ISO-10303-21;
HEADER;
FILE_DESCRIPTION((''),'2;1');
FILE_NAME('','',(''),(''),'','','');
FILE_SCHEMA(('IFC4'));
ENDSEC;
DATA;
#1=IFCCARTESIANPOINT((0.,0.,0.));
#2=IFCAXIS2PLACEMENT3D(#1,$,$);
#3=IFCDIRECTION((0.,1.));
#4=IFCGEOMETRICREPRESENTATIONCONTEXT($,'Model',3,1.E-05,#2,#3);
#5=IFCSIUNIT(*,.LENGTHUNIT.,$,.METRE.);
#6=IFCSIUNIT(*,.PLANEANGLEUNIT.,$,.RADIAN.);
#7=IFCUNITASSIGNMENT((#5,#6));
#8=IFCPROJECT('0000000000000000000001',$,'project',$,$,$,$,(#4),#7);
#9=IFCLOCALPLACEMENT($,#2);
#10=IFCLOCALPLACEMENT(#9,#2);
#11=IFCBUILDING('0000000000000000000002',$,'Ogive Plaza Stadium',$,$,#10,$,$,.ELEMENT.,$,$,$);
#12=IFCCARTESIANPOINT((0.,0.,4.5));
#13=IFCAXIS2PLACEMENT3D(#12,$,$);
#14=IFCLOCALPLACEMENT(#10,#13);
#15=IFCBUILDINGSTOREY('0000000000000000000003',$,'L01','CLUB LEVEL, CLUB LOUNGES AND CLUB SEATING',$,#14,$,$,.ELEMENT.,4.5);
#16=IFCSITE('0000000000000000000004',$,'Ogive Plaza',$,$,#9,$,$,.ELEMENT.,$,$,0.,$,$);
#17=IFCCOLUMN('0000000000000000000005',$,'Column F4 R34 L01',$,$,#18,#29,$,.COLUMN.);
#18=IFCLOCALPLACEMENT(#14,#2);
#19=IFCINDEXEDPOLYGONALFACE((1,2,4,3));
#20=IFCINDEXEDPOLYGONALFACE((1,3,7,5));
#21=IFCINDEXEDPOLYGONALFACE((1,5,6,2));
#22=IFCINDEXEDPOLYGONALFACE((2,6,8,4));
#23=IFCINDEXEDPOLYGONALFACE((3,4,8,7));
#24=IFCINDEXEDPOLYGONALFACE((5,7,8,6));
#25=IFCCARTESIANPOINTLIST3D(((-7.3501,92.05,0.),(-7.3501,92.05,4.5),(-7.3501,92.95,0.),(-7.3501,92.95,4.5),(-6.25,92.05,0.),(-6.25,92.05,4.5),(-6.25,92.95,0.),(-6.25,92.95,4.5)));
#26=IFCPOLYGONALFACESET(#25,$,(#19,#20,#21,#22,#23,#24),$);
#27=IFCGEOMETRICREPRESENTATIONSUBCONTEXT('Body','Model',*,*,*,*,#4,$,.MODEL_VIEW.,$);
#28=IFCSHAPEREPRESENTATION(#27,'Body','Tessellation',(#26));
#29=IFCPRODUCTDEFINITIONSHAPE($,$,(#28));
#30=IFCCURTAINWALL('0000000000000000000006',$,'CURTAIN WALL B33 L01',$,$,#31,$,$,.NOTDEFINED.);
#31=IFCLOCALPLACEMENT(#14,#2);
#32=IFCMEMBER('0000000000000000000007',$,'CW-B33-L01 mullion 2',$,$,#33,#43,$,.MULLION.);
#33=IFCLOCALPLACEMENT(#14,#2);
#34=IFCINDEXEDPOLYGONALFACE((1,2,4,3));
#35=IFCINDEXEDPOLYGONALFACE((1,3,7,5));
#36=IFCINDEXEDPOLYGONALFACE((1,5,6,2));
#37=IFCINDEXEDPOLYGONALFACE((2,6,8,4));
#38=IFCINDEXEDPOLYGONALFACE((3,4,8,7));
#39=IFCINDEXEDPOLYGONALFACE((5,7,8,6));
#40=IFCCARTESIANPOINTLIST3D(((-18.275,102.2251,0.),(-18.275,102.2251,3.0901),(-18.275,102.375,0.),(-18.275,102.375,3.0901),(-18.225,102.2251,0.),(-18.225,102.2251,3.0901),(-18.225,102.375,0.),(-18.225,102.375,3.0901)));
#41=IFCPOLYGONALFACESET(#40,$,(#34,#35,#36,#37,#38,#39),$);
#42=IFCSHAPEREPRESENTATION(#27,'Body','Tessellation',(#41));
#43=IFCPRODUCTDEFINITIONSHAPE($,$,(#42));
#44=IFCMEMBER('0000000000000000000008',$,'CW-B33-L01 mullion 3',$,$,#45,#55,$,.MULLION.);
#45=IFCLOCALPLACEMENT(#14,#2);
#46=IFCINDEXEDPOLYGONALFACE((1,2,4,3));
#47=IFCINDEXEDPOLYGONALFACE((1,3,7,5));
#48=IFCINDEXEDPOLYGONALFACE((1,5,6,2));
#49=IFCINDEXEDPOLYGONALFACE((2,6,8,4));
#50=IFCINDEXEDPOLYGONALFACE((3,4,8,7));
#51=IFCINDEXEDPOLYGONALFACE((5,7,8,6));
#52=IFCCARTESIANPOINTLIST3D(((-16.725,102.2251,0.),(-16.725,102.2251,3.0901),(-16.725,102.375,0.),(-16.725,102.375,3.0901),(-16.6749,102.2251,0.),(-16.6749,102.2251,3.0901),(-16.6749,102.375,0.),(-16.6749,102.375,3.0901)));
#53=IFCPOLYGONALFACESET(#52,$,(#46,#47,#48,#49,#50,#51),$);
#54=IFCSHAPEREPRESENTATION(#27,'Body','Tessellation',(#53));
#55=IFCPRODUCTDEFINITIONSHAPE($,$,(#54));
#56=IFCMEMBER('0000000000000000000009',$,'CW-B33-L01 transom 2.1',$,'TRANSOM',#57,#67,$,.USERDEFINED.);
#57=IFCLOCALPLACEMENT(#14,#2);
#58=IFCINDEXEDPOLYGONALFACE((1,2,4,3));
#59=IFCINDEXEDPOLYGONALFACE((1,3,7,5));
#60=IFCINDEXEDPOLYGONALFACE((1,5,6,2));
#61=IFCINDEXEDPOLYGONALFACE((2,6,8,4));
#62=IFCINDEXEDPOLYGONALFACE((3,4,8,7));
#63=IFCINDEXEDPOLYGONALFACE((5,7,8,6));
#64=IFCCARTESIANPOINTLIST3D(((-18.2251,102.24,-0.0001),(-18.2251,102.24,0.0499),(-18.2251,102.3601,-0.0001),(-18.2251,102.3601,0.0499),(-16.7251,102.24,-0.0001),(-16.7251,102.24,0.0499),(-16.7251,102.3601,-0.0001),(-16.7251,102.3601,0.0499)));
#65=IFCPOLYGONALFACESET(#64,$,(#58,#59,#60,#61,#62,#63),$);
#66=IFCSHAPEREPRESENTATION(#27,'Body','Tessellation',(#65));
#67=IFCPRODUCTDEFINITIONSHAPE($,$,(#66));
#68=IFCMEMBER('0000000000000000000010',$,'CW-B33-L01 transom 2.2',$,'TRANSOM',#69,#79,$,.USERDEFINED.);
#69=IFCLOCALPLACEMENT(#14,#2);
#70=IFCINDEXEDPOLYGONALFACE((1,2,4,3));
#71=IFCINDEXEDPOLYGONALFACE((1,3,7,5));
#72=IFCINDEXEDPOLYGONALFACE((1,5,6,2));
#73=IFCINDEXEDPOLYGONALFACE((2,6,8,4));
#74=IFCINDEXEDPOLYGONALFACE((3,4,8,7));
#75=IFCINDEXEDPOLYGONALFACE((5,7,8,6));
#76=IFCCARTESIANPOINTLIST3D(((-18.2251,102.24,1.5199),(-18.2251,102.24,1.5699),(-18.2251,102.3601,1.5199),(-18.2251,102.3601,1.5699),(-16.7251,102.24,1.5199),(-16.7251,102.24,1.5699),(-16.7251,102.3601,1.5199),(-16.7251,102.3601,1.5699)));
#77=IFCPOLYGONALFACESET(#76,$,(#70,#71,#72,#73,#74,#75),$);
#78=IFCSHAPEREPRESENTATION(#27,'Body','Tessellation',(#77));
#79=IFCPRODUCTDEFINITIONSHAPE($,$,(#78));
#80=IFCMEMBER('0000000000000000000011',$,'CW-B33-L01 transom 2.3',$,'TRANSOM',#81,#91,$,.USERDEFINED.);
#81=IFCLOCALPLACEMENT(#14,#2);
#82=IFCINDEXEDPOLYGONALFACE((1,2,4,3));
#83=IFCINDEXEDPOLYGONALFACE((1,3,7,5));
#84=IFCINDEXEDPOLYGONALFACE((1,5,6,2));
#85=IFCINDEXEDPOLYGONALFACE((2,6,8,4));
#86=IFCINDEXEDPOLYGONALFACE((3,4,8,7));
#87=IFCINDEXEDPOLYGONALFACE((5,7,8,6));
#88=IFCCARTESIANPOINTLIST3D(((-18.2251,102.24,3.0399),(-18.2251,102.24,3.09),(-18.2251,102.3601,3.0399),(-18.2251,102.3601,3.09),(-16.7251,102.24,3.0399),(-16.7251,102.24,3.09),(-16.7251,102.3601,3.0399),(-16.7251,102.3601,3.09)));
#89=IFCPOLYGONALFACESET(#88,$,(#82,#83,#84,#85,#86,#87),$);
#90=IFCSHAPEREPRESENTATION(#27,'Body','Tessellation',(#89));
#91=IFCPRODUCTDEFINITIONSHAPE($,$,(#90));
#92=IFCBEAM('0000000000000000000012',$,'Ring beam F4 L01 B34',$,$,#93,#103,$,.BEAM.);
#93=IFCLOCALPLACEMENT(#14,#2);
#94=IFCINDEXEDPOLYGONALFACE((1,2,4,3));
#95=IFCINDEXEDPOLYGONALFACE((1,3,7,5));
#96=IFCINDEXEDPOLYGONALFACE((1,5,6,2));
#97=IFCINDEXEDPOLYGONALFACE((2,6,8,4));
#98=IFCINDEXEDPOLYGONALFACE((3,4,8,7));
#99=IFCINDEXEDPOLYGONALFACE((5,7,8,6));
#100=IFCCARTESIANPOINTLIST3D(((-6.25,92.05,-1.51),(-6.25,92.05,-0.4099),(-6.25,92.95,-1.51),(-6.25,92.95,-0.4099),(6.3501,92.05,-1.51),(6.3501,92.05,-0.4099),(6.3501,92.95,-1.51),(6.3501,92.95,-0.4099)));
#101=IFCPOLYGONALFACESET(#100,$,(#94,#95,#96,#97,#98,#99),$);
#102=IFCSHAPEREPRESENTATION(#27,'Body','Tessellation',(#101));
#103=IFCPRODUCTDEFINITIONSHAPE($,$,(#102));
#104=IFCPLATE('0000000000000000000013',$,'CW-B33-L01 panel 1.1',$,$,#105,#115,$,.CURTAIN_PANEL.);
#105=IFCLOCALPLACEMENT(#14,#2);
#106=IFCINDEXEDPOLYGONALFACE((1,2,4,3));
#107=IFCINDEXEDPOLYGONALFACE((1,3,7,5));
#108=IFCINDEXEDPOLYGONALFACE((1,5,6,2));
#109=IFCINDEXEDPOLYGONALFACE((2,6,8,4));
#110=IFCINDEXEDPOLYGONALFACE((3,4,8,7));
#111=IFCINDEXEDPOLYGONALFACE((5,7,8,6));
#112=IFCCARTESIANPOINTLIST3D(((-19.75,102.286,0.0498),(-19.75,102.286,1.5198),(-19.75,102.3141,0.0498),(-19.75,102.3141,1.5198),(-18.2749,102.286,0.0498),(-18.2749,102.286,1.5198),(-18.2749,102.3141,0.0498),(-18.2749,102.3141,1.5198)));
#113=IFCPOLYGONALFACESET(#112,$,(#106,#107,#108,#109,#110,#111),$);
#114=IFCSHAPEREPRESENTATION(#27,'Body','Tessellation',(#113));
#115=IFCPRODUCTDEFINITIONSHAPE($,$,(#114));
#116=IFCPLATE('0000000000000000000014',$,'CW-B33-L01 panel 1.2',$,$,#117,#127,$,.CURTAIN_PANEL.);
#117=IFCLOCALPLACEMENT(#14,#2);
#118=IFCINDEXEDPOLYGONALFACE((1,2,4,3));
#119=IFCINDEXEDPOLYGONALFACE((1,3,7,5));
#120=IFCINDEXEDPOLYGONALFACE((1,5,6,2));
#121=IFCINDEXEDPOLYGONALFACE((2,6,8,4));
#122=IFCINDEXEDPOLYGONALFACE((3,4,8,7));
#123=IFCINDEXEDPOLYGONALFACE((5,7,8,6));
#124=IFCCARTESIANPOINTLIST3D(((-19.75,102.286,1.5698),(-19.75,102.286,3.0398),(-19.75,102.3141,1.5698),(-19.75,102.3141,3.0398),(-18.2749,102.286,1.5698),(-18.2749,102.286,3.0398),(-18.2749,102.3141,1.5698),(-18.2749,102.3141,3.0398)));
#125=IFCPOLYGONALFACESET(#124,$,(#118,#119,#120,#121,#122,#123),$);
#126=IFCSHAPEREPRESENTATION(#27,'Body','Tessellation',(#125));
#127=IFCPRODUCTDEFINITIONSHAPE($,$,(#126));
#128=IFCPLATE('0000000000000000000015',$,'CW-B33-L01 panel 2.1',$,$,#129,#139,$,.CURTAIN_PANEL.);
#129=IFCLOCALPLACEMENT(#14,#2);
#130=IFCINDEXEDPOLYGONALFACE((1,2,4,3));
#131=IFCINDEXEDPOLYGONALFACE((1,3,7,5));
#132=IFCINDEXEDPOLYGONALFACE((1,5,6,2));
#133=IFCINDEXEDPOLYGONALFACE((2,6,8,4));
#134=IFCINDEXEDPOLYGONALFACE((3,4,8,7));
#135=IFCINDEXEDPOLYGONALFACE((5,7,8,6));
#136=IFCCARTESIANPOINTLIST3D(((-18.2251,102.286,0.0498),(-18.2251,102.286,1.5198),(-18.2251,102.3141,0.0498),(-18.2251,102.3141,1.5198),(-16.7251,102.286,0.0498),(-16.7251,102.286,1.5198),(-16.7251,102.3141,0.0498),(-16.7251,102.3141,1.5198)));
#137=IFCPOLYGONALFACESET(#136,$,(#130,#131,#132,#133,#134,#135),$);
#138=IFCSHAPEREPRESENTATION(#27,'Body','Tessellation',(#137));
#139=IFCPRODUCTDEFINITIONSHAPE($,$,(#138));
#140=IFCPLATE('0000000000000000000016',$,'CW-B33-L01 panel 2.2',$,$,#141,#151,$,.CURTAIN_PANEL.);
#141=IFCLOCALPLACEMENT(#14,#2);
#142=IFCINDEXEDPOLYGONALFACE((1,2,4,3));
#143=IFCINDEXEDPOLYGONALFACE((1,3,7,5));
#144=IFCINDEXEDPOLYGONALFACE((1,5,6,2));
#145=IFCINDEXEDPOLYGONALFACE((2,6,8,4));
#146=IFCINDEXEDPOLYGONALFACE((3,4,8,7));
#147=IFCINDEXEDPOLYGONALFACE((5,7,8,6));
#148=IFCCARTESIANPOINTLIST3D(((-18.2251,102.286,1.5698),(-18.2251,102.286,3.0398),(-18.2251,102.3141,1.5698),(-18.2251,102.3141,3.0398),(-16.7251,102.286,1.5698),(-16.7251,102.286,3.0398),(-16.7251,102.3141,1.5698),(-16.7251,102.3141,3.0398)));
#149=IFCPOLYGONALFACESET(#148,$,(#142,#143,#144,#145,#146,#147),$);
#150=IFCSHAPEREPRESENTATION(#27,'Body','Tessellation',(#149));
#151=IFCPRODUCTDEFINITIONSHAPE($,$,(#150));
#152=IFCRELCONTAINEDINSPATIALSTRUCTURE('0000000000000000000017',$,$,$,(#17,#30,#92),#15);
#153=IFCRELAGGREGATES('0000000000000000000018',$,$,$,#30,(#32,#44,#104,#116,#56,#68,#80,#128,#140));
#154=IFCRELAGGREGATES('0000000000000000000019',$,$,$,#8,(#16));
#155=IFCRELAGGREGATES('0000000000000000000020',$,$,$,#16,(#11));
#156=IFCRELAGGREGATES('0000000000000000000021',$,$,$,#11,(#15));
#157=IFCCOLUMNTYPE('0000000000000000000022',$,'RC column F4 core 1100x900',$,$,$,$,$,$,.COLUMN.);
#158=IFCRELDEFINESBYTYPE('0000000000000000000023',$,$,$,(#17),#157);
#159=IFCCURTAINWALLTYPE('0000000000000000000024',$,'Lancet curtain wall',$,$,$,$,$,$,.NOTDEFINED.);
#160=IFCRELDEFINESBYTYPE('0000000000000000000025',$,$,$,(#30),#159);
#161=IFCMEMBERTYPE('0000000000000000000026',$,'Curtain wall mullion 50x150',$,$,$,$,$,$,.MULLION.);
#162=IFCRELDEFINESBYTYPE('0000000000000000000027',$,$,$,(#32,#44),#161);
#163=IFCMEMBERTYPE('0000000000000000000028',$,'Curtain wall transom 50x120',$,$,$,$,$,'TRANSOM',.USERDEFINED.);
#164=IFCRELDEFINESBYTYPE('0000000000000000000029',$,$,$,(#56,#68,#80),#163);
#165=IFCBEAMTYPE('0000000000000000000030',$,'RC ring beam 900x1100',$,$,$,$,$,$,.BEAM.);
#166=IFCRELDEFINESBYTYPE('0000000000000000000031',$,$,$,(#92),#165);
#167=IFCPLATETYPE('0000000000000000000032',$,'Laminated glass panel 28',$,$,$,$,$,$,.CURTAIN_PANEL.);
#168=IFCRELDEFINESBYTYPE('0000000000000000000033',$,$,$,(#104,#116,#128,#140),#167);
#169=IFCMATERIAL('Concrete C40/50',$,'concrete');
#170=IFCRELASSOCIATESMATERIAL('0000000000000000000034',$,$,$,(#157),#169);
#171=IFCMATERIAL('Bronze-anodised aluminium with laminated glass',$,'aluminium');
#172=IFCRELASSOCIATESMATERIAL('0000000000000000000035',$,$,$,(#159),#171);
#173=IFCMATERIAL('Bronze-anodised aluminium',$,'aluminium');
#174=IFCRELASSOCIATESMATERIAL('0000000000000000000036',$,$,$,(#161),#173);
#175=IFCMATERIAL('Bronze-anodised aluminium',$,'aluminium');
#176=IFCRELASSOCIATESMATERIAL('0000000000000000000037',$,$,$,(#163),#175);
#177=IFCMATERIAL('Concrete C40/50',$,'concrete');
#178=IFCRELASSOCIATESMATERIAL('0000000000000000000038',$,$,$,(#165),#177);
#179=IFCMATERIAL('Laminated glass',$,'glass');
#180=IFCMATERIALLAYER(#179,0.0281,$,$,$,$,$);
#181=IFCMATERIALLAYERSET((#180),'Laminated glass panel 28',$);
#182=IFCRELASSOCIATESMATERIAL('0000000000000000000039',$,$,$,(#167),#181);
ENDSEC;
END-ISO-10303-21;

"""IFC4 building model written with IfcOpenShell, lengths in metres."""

from ifc_helpers import new_model, si_unit, direction, frame, origin, origin_2d, place, context, subcontext, project, spatial, rectangle, extrude, material, layer, layer_set, material_profile, profile_set, type_object, element, aggregate, save


model = new_model("IFC4")

# Units and contexts
model_context = context("Model", 3, precision=1e-05, world=origin(), true_north=direction((0.0, 1.0)))
body_context = subcontext(model_context, "Body", "Model", "MODEL_VIEW")
ifc_project = project(units=[si_unit("LENGTHUNIT", "METRE"), si_unit("PLANEANGLEUNIT", "RADIAN")], contexts=[model_context])

# Site, building, storey
site_placement = place(None, origin())
site = spatial("IfcSite", under=ifc_project, at=site_placement, Name="Ogive Plaza", CompositionType="ELEMENT", RefElevation=0.0)
building_placement = place(site_placement, origin())
building = spatial("IfcBuilding", under=site, at=building_placement, Name="Ogive Plaza Stadium", CompositionType="ELEMENT")
storey_placement = place(building_placement, frame((0.0, 0.0, 4.5)))
storey = spatial("IfcBuildingStorey", under=building, at=storey_placement, Name="L01", Description="CLUB LEVEL, CLUB LOUNGES AND CLUB SEATING", CompositionType="ELEMENT", Elevation=4.5)

# Column
ifc_material_1 = material(Name="Concrete C40/50", Category="concrete")
ifc_material_profile_1 = material_profile(ifc_material_1, rectangle(XDim=1.1001, YDim=0.8999, at=origin_2d()), Name="RC 1100x900")
ifc_profile_set_1 = profile_set([ifc_material_profile_1], Name="Concrete C40/50")
column_type = type_object("IfcColumnType", Name="RC column F4 core 1100x900", PredefinedType="COLUMN", material=ifc_profile_set_1)
column_placement = place(storey_placement, frame((-6.8, 92.5, 0.0), z_axis=(0.0, 0.0, 1.0), x_axis=(-1.0, 0.0, 0.0)))
element("IfcColumn", 1, at=column_placement, inside=storey, type_object=column_type, Name="Column F4 R34 L01", PredefinedType="COLUMN", context=body_context, shape_type="SweptSolid", body=[
    extrude(rectangle(XDim=1.1001, YDim=0.8999, at=origin_2d()), origin(), (0.0, 0.0, 1.0), 4.5),
])

# Curtain wall, members
ifc_material_2 = material(Name="Bronze-anodised aluminium with laminated glass", Category="aluminium")
curtain_wall_type = type_object("IfcCurtainWallType", Name="Lancet curtain wall", PredefinedType="NOTDEFINED", material=ifc_material_2)
curtain_wall_placement = place(storey_placement, origin())
curtain_wall = element("IfcCurtainWall", 2, at=curtain_wall_placement, inside=storey, type_object=curtain_wall_type, Name="CURTAIN WALL B33 L01", PredefinedType="NOTDEFINED")
ifc_material_3 = material(Name="Bronze-anodised aluminium", Category="aluminium")
ifc_material_profile_2 = material_profile(ifc_material_3, rectangle(XDim=0.1499, YDim=0.05, at=origin_2d()), Name="AL 150x50")
ifc_profile_set_2 = profile_set([ifc_material_profile_2], Name="Bronze-anodised aluminium")
member_type_1 = type_object("IfcMemberType", Name="Curtain wall mullion 50x150", PredefinedType="MULLION", material=ifc_profile_set_2)
member_1_placement = place(storey_placement, frame((-18.25, 102.3, 0.0), z_axis=(0.0, 0.0, 1.0), x_axis=(0.0, 1.0, 0.0)))
member_1 = element("IfcMember", 3, at=member_1_placement, type_object=member_type_1, Name="CW-B33-L01 mullion 2", PredefinedType="MULLION", context=body_context, shape_type="SweptSolid", body=[
    extrude(rectangle(XDim=0.1499, YDim=0.05, at=origin_2d()), origin(), (0.0, 0.0, 1.0), 3.0901),
])
member_2_placement = place(storey_placement, frame((-16.7, 102.3, 0.0), z_axis=(0.0, 0.0, 1.0), x_axis=(0.0, 1.0, 0.0)))
member_2 = element("IfcMember", 4, at=member_2_placement, type_object=member_type_1, Name="CW-B33-L01 mullion 3", PredefinedType="MULLION", context=body_context, shape_type="SweptSolid", body=[
    extrude(rectangle(XDim=0.1499, YDim=0.05, at=origin_2d()), origin(), (0.0, 0.0, 1.0), 3.0901),
])
ifc_material_4 = material(Name="Bronze-anodised aluminium", Category="aluminium")
ifc_material_profile_3 = material_profile(ifc_material_4, rectangle(XDim=0.1201, YDim=0.05, at=origin_2d()), Name="AL 120x50")
ifc_profile_set_3 = profile_set([ifc_material_profile_3], Name="Bronze-anodised aluminium")
member_type_2 = type_object("IfcMemberType", Name="Curtain wall transom 50x120", ElementType="TRANSOM", PredefinedType="USERDEFINED", material=ifc_profile_set_3)
member_3_placement = place(storey_placement, frame((-18.2251, 102.3, 0.0249), z_axis=(1.0, 0.0, 0.0), x_axis=(0.0, 1.0, 0.0)))
member_3 = element("IfcMember", 5, at=member_3_placement, type_object=member_type_2, Name="CW-B33-L01 transom 2.1", ObjectType="TRANSOM", PredefinedType="USERDEFINED", context=body_context, shape_type="SweptSolid", body=[
    extrude(rectangle(XDim=0.1201, YDim=0.05, at=origin_2d()), origin(), (0.0, 0.0, 1.0), 1.5),
])
member_4_placement = place(storey_placement, frame((-18.2251, 102.3, 1.5449), z_axis=(1.0, 0.0, 0.0), x_axis=(0.0, 1.0, 0.0)))
member_4 = element("IfcMember", 6, at=member_4_placement, type_object=member_type_2, Name="CW-B33-L01 transom 2.2", ObjectType="TRANSOM", PredefinedType="USERDEFINED", context=body_context, shape_type="SweptSolid", body=[
    extrude(rectangle(XDim=0.1201, YDim=0.05, at=origin_2d()), origin(), (0.0, 0.0, 1.0), 1.5),
])
member_5_placement = place(storey_placement, frame((-18.2251, 102.3, 3.0649), z_axis=(1.0, 0.0, 0.0), x_axis=(0.0, 1.0, 0.0)))
member_5 = element("IfcMember", 7, at=member_5_placement, type_object=member_type_2, Name="CW-B33-L01 transom 2.3", ObjectType="TRANSOM", PredefinedType="USERDEFINED", context=body_context, shape_type="SweptSolid", body=[
    extrude(rectangle(XDim=0.1201, YDim=0.05, at=origin_2d()), origin(), (0.0, 0.0, 1.0), 1.5),
])

# Beam
ifc_material_5 = material(Name="Concrete C40/50", Category="concrete")
ifc_material_profile_4 = material_profile(ifc_material_5, rectangle(XDim=0.8999, YDim=1.1001, at=origin_2d()), Name="RC 900x1100")
ifc_profile_set_4 = profile_set([ifc_material_profile_4], Name="Concrete C40/50")
beam_type = type_object("IfcBeamType", Name="RC ring beam 900x1100", PredefinedType="BEAM", material=ifc_profile_set_4)
beam_placement = place(storey_placement, frame((-6.25, 92.5, -0.96), z_axis=(1.0, 0.0, 0.0), x_axis=(0.0, 1.0, 0.0)))
element("IfcBeam", 8, at=beam_placement, inside=storey, type_object=beam_type, Name="Ring beam F4 L01 B34", PredefinedType="BEAM", context=body_context, shape_type="SweptSolid", body=[
    extrude(rectangle(XDim=0.8999, YDim=1.1001, at=origin_2d()), origin(), (0.0, 0.0, 1.0), 12.6001),
])

# Plates
ifc_material_6 = material(Name="Laminated glass", Category="glass")
ifc_layer_1 = layer(ifc_material_6, 0.0281)
ifc_layer_set_1 = layer_set([ifc_layer_1], Name="Laminated glass panel 28")
plate_type = type_object("IfcPlateType", Name="Laminated glass panel 28", PredefinedType="CURTAIN_PANEL", material=ifc_layer_set_1)
plate_1_placement = place(storey_placement, frame((-19.0125, 102.3, 0.0498), z_axis=(0.0, 0.0, 1.0), x_axis=(1.0, 0.0, 0.0)))
plate_1 = element("IfcPlate", 9, at=plate_1_placement, type_object=plate_type, Name="CW-B33-L01 panel 1.1", PredefinedType="CURTAIN_PANEL", context=body_context, shape_type="SweptSolid", body=[
    extrude(rectangle(XDim=1.4751, YDim=0.0281, at=origin_2d()), origin(), (0.0, 0.0, 1.0), 1.47),
])
plate_2_placement = place(storey_placement, frame((-19.0125, 102.3, 1.5698), z_axis=(0.0, 0.0, 1.0), x_axis=(1.0, 0.0, 0.0)))
plate_2 = element("IfcPlate", 10, at=plate_2_placement, type_object=plate_type, Name="CW-B33-L01 panel 1.2", PredefinedType="CURTAIN_PANEL", context=body_context, shape_type="SweptSolid", body=[
    extrude(rectangle(XDim=1.4751, YDim=0.0281, at=origin_2d()), origin(), (0.0, 0.0, 1.0), 1.47),
])
plate_3_placement = place(storey_placement, frame((-17.4751, 102.3, 0.0498), z_axis=(0.0, 0.0, 1.0), x_axis=(1.0, 0.0, 0.0)))
plate_3 = element("IfcPlate", 11, at=plate_3_placement, type_object=plate_type, Name="CW-B33-L01 panel 2.1", PredefinedType="CURTAIN_PANEL", context=body_context, shape_type="SweptSolid", body=[
    extrude(rectangle(XDim=1.5, YDim=0.0281, at=origin_2d()), origin(), (0.0, 0.0, 1.0), 1.47),
])
plate_4_placement = place(storey_placement, frame((-17.4751, 102.3, 1.5698), z_axis=(0.0, 0.0, 1.0), x_axis=(1.0, 0.0, 0.0)))
plate_4 = element("IfcPlate", 12, at=plate_4_placement, type_object=plate_type, Name="CW-B33-L01 panel 2.2", PredefinedType="CURTAIN_PANEL", context=body_context, shape_type="SweptSolid", body=[
    extrude(rectangle(XDim=1.5, YDim=0.0281, at=origin_2d()), origin(), (0.0, 0.0, 1.0), 1.47),
])
aggregate(curtain_wall, [member_1, member_2, plate_1, plate_2, member_3, member_4, member_5, plate_3, plate_4])

save(model, "model.ifc")
